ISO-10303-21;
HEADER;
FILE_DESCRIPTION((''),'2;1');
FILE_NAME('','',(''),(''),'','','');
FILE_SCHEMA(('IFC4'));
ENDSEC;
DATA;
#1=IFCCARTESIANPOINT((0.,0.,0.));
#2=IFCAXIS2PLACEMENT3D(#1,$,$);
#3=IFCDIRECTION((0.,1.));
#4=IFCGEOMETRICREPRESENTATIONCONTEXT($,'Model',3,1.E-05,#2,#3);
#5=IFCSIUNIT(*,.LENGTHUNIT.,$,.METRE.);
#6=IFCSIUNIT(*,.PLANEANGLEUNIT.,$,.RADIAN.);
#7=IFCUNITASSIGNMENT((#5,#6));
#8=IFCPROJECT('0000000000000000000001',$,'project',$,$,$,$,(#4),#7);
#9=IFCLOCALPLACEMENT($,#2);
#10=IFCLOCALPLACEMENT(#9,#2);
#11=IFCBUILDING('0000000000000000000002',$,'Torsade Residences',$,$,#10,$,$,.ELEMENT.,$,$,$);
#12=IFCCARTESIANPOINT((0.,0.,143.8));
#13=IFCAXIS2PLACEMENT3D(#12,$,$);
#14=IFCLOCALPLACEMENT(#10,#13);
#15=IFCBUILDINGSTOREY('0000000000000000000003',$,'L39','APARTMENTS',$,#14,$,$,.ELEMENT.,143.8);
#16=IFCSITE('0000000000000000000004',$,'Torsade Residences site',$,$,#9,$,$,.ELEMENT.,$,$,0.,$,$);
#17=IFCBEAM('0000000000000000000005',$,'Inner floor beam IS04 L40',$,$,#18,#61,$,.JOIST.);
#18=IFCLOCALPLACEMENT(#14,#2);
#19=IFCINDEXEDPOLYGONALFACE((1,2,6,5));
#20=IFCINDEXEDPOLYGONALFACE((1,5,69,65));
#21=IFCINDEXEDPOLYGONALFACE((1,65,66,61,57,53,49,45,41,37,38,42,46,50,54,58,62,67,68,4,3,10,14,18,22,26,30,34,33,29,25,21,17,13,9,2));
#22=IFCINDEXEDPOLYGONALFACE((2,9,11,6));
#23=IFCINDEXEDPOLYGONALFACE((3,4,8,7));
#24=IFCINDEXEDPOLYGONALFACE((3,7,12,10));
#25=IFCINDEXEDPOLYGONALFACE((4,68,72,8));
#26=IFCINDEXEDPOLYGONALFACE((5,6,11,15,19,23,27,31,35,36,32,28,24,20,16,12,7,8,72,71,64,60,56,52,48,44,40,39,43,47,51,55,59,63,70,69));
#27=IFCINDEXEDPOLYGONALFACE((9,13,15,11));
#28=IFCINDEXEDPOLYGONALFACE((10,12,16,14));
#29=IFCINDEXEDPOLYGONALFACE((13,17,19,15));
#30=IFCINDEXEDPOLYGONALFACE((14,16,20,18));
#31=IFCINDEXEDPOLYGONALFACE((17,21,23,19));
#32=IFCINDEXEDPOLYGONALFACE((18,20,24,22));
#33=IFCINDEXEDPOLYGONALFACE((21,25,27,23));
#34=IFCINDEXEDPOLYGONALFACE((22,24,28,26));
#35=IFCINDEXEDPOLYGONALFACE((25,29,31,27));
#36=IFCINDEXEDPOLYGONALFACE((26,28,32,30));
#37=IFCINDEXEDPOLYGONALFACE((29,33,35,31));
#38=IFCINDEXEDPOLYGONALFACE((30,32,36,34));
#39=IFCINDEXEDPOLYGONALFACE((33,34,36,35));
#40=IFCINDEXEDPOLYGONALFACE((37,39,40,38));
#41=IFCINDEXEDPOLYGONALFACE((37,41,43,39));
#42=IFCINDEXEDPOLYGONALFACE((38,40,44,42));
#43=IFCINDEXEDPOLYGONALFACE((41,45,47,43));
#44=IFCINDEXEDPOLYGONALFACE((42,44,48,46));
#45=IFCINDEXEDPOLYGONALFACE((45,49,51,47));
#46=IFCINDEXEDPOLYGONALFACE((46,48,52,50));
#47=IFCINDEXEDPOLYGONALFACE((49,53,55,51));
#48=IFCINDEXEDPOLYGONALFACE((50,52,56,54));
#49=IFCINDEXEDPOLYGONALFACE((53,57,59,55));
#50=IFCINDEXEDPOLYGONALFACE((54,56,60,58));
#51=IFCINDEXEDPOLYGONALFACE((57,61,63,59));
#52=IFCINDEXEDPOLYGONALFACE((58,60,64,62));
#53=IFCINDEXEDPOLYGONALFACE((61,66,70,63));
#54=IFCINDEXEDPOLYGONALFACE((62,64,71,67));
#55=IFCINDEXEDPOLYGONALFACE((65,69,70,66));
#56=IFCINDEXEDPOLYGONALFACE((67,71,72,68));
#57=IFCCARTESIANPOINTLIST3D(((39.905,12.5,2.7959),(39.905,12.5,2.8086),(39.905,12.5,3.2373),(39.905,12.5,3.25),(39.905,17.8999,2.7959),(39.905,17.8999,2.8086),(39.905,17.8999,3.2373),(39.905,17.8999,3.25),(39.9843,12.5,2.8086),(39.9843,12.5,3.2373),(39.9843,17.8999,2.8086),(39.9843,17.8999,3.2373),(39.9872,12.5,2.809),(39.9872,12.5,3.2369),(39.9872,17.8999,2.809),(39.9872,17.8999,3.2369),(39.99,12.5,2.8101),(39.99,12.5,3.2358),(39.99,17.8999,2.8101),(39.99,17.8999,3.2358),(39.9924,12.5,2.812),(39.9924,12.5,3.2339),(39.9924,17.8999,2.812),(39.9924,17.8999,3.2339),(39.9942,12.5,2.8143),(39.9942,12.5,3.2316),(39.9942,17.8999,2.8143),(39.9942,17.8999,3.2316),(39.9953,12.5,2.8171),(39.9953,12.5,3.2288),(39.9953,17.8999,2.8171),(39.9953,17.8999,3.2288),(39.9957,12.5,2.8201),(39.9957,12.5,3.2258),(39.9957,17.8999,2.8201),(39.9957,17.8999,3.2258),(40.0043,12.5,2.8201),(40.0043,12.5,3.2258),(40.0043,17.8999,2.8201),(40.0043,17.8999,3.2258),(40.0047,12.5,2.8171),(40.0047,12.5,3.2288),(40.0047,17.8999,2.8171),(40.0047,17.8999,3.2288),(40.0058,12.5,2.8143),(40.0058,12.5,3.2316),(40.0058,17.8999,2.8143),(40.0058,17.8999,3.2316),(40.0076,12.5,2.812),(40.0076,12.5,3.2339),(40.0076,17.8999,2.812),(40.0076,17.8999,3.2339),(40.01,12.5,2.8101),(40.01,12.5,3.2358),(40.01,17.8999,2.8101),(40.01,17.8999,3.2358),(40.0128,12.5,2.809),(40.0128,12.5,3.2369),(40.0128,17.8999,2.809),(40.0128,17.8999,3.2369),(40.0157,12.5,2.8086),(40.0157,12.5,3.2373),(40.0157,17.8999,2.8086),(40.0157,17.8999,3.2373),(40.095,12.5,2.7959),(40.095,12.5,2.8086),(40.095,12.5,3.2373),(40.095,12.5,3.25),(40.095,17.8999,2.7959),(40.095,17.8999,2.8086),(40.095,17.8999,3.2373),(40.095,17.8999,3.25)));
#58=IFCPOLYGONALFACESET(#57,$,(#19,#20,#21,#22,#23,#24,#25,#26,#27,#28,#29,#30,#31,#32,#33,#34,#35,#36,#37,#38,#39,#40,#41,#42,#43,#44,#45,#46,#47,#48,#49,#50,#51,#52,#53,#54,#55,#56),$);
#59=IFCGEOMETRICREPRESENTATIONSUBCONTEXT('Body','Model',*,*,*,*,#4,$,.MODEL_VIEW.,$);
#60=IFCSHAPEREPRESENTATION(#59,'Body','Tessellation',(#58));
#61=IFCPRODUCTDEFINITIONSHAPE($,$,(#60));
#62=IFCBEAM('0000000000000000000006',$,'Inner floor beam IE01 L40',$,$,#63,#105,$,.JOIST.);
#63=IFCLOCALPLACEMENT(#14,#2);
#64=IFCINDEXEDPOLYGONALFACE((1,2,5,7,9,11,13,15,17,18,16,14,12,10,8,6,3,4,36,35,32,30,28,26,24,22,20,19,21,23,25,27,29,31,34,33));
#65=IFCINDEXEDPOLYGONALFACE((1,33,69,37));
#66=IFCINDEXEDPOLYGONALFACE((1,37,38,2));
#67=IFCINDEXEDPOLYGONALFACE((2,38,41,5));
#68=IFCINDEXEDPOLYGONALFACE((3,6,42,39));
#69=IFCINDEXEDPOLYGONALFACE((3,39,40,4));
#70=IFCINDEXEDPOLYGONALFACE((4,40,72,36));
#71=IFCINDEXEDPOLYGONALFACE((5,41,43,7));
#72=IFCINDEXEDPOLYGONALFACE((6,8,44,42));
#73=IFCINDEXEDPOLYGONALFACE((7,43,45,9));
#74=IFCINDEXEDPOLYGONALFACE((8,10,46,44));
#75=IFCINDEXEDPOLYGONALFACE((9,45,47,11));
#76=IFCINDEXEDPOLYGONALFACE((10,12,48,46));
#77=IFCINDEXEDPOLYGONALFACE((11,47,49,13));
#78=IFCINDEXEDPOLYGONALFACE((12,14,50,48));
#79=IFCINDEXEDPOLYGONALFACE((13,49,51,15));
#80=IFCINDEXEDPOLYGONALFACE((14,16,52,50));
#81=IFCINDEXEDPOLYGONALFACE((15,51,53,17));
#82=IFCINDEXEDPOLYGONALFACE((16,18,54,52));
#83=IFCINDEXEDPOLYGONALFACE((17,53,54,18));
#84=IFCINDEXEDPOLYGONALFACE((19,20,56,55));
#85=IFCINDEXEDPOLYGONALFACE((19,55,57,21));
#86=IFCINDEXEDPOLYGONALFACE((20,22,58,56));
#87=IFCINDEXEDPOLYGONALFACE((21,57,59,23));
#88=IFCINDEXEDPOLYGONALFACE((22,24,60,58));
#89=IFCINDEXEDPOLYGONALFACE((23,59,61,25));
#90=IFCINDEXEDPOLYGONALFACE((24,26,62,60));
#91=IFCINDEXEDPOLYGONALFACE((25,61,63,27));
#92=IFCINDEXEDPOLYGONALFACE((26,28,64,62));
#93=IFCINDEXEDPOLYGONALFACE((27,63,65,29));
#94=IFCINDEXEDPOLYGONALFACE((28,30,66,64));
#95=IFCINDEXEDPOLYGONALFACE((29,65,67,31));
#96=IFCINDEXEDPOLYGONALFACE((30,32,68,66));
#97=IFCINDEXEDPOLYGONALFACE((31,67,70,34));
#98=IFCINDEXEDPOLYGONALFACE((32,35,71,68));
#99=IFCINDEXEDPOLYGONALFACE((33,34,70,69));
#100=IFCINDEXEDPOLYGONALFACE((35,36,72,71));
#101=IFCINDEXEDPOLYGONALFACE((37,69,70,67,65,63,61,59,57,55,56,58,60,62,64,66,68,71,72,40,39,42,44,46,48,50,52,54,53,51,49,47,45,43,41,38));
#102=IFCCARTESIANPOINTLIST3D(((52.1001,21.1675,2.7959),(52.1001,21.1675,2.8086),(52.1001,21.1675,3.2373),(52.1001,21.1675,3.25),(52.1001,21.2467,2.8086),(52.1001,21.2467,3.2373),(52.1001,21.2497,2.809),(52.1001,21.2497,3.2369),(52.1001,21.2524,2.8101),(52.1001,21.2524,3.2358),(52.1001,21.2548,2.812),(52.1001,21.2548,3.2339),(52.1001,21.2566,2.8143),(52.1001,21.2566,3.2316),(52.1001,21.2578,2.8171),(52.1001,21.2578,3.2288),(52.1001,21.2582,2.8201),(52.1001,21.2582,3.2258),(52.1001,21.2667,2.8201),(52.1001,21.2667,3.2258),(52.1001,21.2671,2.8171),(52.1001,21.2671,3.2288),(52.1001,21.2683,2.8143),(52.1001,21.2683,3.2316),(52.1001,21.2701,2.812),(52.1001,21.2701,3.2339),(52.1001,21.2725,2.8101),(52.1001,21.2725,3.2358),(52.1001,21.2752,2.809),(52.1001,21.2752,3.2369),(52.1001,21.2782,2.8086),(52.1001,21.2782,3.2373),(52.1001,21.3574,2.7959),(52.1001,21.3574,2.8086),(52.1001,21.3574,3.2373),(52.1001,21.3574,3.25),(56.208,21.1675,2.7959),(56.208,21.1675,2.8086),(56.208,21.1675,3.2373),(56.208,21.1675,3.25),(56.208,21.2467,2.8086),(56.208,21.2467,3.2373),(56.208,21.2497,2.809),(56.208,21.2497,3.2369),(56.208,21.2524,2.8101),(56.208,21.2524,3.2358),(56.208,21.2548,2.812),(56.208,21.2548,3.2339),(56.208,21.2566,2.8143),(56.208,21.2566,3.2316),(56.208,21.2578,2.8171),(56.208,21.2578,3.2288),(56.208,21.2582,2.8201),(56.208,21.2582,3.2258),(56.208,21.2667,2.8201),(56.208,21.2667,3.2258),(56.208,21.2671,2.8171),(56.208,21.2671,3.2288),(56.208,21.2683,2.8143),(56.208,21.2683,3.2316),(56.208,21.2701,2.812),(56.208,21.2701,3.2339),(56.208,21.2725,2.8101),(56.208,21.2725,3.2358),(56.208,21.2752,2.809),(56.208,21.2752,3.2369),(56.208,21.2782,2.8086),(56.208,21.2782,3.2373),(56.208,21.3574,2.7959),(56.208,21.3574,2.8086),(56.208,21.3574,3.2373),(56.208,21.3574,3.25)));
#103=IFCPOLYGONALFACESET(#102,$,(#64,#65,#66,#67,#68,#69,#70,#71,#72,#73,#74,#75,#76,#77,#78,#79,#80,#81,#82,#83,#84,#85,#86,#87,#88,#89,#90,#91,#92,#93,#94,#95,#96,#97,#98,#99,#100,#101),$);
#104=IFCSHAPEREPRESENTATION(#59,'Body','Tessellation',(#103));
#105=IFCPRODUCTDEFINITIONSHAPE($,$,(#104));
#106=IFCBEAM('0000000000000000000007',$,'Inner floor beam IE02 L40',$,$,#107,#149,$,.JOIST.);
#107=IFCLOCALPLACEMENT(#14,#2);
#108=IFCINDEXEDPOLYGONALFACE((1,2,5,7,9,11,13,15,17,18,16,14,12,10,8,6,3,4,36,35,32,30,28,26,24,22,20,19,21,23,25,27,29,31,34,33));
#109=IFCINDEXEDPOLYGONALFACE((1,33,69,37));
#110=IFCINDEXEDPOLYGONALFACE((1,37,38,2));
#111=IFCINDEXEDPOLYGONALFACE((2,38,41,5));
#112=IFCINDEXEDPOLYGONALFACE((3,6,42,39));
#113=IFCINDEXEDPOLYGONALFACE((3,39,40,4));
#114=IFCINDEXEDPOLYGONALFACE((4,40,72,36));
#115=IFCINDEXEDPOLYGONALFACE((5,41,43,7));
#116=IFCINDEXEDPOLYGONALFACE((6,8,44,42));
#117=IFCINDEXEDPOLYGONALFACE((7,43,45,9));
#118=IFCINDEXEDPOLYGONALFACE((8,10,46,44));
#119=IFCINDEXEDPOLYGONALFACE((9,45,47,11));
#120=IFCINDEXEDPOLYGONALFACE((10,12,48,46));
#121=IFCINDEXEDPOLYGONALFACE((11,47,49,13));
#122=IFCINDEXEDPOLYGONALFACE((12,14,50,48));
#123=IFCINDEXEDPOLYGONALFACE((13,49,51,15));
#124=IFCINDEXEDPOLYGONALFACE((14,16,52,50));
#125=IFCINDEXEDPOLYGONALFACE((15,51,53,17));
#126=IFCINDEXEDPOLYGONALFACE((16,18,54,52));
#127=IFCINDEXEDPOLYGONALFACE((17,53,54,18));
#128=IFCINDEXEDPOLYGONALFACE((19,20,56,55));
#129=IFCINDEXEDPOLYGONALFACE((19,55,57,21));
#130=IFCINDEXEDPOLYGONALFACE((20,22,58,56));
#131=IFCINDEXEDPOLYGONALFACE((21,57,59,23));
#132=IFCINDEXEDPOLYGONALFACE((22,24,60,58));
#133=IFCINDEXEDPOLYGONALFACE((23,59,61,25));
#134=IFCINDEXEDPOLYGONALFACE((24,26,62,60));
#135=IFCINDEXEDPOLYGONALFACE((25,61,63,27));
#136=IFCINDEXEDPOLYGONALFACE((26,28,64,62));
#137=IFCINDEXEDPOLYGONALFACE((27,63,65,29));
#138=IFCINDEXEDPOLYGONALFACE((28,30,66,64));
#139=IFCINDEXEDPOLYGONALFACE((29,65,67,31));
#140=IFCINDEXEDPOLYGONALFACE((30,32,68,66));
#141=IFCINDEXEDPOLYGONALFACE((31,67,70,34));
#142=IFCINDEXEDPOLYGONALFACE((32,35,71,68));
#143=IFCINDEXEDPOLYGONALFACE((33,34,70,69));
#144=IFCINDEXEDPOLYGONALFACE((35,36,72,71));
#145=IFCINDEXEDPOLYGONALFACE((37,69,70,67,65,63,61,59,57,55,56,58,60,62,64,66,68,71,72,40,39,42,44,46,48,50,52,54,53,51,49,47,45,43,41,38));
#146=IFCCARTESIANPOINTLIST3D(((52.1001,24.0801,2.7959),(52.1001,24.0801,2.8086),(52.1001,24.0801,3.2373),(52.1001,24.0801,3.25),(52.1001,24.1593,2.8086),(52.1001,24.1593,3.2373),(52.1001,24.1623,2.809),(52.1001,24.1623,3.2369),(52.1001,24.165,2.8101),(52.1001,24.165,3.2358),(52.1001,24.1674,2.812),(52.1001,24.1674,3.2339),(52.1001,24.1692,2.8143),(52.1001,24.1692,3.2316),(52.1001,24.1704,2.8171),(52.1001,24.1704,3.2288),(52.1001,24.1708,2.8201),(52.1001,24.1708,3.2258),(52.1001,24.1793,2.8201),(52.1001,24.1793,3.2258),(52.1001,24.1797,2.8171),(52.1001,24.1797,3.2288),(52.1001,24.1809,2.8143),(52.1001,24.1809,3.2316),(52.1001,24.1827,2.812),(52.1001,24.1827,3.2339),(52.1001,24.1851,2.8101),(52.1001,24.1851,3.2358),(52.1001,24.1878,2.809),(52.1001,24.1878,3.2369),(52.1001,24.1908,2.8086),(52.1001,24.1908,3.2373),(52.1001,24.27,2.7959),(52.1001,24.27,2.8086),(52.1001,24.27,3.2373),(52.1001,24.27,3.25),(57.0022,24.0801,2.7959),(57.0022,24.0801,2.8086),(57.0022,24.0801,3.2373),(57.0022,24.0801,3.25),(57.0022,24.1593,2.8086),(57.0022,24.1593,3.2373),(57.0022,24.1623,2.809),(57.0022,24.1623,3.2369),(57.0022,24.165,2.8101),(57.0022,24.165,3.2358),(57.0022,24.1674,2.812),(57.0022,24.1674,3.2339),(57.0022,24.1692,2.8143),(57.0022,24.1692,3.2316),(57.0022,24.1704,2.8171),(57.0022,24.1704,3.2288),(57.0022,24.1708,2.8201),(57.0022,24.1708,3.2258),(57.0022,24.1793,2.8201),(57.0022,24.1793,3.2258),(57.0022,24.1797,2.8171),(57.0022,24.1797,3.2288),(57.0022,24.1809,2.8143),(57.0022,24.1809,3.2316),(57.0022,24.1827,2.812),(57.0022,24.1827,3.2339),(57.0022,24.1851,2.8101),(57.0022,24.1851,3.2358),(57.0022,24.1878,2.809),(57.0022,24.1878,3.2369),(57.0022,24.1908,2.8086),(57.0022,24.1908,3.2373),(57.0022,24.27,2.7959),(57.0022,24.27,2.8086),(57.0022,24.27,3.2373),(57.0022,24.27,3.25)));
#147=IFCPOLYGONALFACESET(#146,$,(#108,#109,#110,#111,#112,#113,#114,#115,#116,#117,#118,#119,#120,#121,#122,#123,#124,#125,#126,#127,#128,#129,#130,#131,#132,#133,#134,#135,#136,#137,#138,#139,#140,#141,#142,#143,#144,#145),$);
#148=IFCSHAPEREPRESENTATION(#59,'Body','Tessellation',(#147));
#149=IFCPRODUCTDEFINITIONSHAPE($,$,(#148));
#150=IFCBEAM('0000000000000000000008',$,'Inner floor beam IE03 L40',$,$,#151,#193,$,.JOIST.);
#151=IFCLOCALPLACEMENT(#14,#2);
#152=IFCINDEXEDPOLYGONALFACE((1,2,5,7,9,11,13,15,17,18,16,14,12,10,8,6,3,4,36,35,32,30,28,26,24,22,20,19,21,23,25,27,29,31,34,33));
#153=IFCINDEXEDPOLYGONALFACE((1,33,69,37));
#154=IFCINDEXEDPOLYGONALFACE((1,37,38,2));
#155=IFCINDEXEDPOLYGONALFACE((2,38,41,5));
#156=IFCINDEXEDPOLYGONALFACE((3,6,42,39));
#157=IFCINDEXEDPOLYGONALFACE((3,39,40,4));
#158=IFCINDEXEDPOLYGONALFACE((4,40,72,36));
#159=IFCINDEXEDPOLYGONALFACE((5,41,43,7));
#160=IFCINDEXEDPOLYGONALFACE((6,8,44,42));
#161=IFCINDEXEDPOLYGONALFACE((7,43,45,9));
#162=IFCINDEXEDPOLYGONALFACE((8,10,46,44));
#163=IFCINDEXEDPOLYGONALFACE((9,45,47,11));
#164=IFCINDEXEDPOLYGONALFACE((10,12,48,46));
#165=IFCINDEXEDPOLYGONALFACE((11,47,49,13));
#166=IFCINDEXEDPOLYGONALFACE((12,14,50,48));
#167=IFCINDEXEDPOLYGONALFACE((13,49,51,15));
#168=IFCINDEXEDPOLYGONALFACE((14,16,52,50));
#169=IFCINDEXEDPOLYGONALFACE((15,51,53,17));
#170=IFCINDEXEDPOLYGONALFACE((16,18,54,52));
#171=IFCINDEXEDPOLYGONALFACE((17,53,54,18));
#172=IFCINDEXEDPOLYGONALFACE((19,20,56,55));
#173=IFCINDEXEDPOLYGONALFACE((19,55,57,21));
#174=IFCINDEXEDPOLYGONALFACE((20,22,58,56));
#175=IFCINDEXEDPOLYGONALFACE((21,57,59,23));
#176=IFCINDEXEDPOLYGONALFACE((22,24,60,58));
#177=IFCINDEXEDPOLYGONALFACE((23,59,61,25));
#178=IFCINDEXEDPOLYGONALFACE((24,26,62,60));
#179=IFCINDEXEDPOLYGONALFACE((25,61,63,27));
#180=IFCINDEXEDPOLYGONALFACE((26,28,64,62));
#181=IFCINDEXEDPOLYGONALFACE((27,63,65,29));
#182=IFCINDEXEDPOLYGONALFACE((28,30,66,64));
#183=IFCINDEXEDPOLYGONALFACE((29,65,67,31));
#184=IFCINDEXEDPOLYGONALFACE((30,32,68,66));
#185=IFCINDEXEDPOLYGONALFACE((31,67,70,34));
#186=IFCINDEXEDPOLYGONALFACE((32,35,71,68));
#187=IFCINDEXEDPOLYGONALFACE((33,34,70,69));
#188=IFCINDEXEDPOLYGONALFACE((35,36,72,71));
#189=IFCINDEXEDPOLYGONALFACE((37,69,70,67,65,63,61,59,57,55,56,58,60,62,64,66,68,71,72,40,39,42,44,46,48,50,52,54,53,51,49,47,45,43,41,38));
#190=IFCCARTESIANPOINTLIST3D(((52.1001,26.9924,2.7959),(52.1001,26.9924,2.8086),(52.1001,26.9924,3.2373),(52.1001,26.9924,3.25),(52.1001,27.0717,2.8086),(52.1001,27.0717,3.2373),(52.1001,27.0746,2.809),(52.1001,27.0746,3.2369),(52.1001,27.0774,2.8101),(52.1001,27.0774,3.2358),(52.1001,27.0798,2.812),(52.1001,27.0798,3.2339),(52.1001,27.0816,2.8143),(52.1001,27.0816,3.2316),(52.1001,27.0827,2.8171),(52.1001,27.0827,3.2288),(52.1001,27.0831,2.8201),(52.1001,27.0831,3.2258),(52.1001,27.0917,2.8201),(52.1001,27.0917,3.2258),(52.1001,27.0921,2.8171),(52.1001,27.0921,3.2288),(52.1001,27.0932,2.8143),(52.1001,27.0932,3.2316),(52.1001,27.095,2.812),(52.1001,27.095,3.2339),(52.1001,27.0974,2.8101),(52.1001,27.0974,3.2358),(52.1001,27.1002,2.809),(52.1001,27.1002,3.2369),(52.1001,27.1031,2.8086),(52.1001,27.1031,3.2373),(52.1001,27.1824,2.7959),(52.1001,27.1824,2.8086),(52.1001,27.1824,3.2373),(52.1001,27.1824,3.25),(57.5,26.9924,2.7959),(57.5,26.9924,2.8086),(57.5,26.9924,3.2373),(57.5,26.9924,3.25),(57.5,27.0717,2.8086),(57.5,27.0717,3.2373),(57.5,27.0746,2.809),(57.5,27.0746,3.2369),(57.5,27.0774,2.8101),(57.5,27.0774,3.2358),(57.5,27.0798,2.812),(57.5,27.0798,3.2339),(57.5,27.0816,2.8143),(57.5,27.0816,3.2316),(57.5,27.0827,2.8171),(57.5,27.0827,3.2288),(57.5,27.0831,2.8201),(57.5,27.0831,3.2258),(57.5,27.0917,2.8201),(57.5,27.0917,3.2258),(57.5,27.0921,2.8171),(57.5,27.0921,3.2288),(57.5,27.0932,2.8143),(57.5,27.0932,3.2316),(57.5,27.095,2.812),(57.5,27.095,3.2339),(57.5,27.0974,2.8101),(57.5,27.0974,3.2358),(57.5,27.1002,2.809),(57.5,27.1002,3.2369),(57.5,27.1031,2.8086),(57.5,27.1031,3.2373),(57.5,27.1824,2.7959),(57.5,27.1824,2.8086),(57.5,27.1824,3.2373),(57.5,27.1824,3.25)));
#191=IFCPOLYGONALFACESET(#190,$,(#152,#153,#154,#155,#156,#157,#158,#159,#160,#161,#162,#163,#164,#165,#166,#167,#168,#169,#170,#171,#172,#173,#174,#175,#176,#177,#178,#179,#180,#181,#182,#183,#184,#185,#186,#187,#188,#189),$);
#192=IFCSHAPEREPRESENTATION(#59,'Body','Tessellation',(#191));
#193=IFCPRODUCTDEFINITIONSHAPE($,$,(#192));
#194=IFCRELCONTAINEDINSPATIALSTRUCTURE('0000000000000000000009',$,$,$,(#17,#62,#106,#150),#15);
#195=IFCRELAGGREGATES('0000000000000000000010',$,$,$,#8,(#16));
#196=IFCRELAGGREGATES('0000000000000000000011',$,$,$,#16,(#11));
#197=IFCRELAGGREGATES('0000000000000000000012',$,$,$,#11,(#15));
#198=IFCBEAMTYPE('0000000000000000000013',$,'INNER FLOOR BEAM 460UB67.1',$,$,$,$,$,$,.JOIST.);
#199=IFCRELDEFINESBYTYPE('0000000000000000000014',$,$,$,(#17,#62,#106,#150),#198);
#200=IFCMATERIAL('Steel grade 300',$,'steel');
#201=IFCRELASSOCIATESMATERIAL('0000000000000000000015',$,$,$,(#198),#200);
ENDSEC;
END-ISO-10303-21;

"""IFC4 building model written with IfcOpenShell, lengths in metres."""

from ifc_helpers import new_model, si_unit, direction, frame, origin, origin_2d, place, context, subcontext, project, spatial, i_section, extrude, material, material_profile, profile_set, type_object, element, save


model = new_model("IFC4")

# Units and contexts
model_context = context("Model", 3, precision=1e-05, world=origin(), true_north=direction((0.0, 1.0)))
body_context = subcontext(model_context, "Body", "Model", "MODEL_VIEW")
ifc_project = project(units=[si_unit("LENGTHUNIT", "METRE"), si_unit("PLANEANGLEUNIT", "RADIAN")], contexts=[model_context])

# Site, building, storey
site_placement = place(None, origin())
site = spatial("IfcSite", under=ifc_project, at=site_placement, Name="Torsade Residences site", CompositionType="ELEMENT", RefElevation=0.0)
building_placement = place(site_placement, origin())
building = spatial("IfcBuilding", under=site, at=building_placement, Name="Torsade Residences", CompositionType="ELEMENT")
storey_placement = place(building_placement, frame((0.0, 0.0, 143.8)))
storey = spatial("IfcBuildingStorey", under=building, at=storey_placement, Name="L39", Description="APARTMENTS", CompositionType="ELEMENT", Elevation=143.8)

# Beams
ifc_material_1 = material(Name="Steel grade 300", Category="steel")
ifc_material_profile_1 = material_profile(ifc_material_1, i_section(OverallWidth=0.1899, OverallDepth=0.4541, WebThickness=0.0085, FlangeThickness=0.0127, FilletRadius=0.0115, at=origin_2d()), Name="460UB67.1")
ifc_profile_set_1 = profile_set([ifc_material_profile_1], Name="Steel grade 300")
beam_type = type_object("IfcBeamType", Name="INNER FLOOR BEAM 460UB67.1", PredefinedType="JOIST", material=ifc_profile_set_1)
for number, where, z_axis, x_axis, name in (
    (1, (40.0, 17.8999, 3.0229), (0.0, -1.0, 0.0), (1.0, 0.0, 0.0), "Inner floor beam IS04 L40"),
):
    element("IfcBeam", number, at=place(storey_placement, frame(where, z_axis=z_axis, x_axis=x_axis)), inside=storey, type_object=beam_type, Name=name, PredefinedType="JOIST", context=body_context, shape_type="SweptSolid", body=[
        extrude(i_section(OverallWidth=0.1899, OverallDepth=0.4541, WebThickness=0.0085, FlangeThickness=0.0127, FilletRadius=0.0115, at=origin_2d()), origin(), (0.0, 0.0, 1.0), 5.3999),
    ])
beam_1_placement = place(storey_placement, frame((52.1001, 21.2625, 3.0229), z_axis=(1.0, 0.0, 0.0), x_axis=(0.0, 1.0, 0.0)))
element("IfcBeam", 2, at=beam_1_placement, inside=storey, type_object=beam_type, Name="Inner floor beam IE01 L40", PredefinedType="JOIST", context=body_context, shape_type="SweptSolid", body=[
    extrude(i_section(OverallWidth=0.1899, OverallDepth=0.4541, WebThickness=0.0085, FlangeThickness=0.0127, FilletRadius=0.0115, at=origin_2d()), origin(), (0.0, 0.0, 1.0), 4.1079),
])
beam_2_placement = place(storey_placement, frame((52.1001, 24.175, 3.0229), z_axis=(1.0, 0.0, 0.0), x_axis=(0.0, 1.0, 0.0)))
element("IfcBeam", 3, at=beam_2_placement, inside=storey, type_object=beam_type, Name="Inner floor beam IE02 L40", PredefinedType="JOIST", context=body_context, shape_type="SweptSolid", body=[
    extrude(i_section(OverallWidth=0.1899, OverallDepth=0.4541, WebThickness=0.0085, FlangeThickness=0.0127, FilletRadius=0.0115, at=origin_2d()), origin(), (0.0, 0.0, 1.0), 4.9021),
])
beam_3_placement = place(storey_placement, frame((52.1001, 27.0874, 3.0229), z_axis=(1.0, 0.0, 0.0), x_axis=(0.0, 1.0, 0.0)))
element("IfcBeam", 4, at=beam_3_placement, inside=storey, type_object=beam_type, Name="Inner floor beam IE03 L40", PredefinedType="JOIST", context=body_context, shape_type="SweptSolid", body=[
    extrude(i_section(OverallWidth=0.1899, OverallDepth=0.4541, WebThickness=0.0085, FlangeThickness=0.0127, FilletRadius=0.0115, at=origin_2d()), origin(), (0.0, 0.0, 1.0), 5.3999),
])

save(model, "model.ifc")
